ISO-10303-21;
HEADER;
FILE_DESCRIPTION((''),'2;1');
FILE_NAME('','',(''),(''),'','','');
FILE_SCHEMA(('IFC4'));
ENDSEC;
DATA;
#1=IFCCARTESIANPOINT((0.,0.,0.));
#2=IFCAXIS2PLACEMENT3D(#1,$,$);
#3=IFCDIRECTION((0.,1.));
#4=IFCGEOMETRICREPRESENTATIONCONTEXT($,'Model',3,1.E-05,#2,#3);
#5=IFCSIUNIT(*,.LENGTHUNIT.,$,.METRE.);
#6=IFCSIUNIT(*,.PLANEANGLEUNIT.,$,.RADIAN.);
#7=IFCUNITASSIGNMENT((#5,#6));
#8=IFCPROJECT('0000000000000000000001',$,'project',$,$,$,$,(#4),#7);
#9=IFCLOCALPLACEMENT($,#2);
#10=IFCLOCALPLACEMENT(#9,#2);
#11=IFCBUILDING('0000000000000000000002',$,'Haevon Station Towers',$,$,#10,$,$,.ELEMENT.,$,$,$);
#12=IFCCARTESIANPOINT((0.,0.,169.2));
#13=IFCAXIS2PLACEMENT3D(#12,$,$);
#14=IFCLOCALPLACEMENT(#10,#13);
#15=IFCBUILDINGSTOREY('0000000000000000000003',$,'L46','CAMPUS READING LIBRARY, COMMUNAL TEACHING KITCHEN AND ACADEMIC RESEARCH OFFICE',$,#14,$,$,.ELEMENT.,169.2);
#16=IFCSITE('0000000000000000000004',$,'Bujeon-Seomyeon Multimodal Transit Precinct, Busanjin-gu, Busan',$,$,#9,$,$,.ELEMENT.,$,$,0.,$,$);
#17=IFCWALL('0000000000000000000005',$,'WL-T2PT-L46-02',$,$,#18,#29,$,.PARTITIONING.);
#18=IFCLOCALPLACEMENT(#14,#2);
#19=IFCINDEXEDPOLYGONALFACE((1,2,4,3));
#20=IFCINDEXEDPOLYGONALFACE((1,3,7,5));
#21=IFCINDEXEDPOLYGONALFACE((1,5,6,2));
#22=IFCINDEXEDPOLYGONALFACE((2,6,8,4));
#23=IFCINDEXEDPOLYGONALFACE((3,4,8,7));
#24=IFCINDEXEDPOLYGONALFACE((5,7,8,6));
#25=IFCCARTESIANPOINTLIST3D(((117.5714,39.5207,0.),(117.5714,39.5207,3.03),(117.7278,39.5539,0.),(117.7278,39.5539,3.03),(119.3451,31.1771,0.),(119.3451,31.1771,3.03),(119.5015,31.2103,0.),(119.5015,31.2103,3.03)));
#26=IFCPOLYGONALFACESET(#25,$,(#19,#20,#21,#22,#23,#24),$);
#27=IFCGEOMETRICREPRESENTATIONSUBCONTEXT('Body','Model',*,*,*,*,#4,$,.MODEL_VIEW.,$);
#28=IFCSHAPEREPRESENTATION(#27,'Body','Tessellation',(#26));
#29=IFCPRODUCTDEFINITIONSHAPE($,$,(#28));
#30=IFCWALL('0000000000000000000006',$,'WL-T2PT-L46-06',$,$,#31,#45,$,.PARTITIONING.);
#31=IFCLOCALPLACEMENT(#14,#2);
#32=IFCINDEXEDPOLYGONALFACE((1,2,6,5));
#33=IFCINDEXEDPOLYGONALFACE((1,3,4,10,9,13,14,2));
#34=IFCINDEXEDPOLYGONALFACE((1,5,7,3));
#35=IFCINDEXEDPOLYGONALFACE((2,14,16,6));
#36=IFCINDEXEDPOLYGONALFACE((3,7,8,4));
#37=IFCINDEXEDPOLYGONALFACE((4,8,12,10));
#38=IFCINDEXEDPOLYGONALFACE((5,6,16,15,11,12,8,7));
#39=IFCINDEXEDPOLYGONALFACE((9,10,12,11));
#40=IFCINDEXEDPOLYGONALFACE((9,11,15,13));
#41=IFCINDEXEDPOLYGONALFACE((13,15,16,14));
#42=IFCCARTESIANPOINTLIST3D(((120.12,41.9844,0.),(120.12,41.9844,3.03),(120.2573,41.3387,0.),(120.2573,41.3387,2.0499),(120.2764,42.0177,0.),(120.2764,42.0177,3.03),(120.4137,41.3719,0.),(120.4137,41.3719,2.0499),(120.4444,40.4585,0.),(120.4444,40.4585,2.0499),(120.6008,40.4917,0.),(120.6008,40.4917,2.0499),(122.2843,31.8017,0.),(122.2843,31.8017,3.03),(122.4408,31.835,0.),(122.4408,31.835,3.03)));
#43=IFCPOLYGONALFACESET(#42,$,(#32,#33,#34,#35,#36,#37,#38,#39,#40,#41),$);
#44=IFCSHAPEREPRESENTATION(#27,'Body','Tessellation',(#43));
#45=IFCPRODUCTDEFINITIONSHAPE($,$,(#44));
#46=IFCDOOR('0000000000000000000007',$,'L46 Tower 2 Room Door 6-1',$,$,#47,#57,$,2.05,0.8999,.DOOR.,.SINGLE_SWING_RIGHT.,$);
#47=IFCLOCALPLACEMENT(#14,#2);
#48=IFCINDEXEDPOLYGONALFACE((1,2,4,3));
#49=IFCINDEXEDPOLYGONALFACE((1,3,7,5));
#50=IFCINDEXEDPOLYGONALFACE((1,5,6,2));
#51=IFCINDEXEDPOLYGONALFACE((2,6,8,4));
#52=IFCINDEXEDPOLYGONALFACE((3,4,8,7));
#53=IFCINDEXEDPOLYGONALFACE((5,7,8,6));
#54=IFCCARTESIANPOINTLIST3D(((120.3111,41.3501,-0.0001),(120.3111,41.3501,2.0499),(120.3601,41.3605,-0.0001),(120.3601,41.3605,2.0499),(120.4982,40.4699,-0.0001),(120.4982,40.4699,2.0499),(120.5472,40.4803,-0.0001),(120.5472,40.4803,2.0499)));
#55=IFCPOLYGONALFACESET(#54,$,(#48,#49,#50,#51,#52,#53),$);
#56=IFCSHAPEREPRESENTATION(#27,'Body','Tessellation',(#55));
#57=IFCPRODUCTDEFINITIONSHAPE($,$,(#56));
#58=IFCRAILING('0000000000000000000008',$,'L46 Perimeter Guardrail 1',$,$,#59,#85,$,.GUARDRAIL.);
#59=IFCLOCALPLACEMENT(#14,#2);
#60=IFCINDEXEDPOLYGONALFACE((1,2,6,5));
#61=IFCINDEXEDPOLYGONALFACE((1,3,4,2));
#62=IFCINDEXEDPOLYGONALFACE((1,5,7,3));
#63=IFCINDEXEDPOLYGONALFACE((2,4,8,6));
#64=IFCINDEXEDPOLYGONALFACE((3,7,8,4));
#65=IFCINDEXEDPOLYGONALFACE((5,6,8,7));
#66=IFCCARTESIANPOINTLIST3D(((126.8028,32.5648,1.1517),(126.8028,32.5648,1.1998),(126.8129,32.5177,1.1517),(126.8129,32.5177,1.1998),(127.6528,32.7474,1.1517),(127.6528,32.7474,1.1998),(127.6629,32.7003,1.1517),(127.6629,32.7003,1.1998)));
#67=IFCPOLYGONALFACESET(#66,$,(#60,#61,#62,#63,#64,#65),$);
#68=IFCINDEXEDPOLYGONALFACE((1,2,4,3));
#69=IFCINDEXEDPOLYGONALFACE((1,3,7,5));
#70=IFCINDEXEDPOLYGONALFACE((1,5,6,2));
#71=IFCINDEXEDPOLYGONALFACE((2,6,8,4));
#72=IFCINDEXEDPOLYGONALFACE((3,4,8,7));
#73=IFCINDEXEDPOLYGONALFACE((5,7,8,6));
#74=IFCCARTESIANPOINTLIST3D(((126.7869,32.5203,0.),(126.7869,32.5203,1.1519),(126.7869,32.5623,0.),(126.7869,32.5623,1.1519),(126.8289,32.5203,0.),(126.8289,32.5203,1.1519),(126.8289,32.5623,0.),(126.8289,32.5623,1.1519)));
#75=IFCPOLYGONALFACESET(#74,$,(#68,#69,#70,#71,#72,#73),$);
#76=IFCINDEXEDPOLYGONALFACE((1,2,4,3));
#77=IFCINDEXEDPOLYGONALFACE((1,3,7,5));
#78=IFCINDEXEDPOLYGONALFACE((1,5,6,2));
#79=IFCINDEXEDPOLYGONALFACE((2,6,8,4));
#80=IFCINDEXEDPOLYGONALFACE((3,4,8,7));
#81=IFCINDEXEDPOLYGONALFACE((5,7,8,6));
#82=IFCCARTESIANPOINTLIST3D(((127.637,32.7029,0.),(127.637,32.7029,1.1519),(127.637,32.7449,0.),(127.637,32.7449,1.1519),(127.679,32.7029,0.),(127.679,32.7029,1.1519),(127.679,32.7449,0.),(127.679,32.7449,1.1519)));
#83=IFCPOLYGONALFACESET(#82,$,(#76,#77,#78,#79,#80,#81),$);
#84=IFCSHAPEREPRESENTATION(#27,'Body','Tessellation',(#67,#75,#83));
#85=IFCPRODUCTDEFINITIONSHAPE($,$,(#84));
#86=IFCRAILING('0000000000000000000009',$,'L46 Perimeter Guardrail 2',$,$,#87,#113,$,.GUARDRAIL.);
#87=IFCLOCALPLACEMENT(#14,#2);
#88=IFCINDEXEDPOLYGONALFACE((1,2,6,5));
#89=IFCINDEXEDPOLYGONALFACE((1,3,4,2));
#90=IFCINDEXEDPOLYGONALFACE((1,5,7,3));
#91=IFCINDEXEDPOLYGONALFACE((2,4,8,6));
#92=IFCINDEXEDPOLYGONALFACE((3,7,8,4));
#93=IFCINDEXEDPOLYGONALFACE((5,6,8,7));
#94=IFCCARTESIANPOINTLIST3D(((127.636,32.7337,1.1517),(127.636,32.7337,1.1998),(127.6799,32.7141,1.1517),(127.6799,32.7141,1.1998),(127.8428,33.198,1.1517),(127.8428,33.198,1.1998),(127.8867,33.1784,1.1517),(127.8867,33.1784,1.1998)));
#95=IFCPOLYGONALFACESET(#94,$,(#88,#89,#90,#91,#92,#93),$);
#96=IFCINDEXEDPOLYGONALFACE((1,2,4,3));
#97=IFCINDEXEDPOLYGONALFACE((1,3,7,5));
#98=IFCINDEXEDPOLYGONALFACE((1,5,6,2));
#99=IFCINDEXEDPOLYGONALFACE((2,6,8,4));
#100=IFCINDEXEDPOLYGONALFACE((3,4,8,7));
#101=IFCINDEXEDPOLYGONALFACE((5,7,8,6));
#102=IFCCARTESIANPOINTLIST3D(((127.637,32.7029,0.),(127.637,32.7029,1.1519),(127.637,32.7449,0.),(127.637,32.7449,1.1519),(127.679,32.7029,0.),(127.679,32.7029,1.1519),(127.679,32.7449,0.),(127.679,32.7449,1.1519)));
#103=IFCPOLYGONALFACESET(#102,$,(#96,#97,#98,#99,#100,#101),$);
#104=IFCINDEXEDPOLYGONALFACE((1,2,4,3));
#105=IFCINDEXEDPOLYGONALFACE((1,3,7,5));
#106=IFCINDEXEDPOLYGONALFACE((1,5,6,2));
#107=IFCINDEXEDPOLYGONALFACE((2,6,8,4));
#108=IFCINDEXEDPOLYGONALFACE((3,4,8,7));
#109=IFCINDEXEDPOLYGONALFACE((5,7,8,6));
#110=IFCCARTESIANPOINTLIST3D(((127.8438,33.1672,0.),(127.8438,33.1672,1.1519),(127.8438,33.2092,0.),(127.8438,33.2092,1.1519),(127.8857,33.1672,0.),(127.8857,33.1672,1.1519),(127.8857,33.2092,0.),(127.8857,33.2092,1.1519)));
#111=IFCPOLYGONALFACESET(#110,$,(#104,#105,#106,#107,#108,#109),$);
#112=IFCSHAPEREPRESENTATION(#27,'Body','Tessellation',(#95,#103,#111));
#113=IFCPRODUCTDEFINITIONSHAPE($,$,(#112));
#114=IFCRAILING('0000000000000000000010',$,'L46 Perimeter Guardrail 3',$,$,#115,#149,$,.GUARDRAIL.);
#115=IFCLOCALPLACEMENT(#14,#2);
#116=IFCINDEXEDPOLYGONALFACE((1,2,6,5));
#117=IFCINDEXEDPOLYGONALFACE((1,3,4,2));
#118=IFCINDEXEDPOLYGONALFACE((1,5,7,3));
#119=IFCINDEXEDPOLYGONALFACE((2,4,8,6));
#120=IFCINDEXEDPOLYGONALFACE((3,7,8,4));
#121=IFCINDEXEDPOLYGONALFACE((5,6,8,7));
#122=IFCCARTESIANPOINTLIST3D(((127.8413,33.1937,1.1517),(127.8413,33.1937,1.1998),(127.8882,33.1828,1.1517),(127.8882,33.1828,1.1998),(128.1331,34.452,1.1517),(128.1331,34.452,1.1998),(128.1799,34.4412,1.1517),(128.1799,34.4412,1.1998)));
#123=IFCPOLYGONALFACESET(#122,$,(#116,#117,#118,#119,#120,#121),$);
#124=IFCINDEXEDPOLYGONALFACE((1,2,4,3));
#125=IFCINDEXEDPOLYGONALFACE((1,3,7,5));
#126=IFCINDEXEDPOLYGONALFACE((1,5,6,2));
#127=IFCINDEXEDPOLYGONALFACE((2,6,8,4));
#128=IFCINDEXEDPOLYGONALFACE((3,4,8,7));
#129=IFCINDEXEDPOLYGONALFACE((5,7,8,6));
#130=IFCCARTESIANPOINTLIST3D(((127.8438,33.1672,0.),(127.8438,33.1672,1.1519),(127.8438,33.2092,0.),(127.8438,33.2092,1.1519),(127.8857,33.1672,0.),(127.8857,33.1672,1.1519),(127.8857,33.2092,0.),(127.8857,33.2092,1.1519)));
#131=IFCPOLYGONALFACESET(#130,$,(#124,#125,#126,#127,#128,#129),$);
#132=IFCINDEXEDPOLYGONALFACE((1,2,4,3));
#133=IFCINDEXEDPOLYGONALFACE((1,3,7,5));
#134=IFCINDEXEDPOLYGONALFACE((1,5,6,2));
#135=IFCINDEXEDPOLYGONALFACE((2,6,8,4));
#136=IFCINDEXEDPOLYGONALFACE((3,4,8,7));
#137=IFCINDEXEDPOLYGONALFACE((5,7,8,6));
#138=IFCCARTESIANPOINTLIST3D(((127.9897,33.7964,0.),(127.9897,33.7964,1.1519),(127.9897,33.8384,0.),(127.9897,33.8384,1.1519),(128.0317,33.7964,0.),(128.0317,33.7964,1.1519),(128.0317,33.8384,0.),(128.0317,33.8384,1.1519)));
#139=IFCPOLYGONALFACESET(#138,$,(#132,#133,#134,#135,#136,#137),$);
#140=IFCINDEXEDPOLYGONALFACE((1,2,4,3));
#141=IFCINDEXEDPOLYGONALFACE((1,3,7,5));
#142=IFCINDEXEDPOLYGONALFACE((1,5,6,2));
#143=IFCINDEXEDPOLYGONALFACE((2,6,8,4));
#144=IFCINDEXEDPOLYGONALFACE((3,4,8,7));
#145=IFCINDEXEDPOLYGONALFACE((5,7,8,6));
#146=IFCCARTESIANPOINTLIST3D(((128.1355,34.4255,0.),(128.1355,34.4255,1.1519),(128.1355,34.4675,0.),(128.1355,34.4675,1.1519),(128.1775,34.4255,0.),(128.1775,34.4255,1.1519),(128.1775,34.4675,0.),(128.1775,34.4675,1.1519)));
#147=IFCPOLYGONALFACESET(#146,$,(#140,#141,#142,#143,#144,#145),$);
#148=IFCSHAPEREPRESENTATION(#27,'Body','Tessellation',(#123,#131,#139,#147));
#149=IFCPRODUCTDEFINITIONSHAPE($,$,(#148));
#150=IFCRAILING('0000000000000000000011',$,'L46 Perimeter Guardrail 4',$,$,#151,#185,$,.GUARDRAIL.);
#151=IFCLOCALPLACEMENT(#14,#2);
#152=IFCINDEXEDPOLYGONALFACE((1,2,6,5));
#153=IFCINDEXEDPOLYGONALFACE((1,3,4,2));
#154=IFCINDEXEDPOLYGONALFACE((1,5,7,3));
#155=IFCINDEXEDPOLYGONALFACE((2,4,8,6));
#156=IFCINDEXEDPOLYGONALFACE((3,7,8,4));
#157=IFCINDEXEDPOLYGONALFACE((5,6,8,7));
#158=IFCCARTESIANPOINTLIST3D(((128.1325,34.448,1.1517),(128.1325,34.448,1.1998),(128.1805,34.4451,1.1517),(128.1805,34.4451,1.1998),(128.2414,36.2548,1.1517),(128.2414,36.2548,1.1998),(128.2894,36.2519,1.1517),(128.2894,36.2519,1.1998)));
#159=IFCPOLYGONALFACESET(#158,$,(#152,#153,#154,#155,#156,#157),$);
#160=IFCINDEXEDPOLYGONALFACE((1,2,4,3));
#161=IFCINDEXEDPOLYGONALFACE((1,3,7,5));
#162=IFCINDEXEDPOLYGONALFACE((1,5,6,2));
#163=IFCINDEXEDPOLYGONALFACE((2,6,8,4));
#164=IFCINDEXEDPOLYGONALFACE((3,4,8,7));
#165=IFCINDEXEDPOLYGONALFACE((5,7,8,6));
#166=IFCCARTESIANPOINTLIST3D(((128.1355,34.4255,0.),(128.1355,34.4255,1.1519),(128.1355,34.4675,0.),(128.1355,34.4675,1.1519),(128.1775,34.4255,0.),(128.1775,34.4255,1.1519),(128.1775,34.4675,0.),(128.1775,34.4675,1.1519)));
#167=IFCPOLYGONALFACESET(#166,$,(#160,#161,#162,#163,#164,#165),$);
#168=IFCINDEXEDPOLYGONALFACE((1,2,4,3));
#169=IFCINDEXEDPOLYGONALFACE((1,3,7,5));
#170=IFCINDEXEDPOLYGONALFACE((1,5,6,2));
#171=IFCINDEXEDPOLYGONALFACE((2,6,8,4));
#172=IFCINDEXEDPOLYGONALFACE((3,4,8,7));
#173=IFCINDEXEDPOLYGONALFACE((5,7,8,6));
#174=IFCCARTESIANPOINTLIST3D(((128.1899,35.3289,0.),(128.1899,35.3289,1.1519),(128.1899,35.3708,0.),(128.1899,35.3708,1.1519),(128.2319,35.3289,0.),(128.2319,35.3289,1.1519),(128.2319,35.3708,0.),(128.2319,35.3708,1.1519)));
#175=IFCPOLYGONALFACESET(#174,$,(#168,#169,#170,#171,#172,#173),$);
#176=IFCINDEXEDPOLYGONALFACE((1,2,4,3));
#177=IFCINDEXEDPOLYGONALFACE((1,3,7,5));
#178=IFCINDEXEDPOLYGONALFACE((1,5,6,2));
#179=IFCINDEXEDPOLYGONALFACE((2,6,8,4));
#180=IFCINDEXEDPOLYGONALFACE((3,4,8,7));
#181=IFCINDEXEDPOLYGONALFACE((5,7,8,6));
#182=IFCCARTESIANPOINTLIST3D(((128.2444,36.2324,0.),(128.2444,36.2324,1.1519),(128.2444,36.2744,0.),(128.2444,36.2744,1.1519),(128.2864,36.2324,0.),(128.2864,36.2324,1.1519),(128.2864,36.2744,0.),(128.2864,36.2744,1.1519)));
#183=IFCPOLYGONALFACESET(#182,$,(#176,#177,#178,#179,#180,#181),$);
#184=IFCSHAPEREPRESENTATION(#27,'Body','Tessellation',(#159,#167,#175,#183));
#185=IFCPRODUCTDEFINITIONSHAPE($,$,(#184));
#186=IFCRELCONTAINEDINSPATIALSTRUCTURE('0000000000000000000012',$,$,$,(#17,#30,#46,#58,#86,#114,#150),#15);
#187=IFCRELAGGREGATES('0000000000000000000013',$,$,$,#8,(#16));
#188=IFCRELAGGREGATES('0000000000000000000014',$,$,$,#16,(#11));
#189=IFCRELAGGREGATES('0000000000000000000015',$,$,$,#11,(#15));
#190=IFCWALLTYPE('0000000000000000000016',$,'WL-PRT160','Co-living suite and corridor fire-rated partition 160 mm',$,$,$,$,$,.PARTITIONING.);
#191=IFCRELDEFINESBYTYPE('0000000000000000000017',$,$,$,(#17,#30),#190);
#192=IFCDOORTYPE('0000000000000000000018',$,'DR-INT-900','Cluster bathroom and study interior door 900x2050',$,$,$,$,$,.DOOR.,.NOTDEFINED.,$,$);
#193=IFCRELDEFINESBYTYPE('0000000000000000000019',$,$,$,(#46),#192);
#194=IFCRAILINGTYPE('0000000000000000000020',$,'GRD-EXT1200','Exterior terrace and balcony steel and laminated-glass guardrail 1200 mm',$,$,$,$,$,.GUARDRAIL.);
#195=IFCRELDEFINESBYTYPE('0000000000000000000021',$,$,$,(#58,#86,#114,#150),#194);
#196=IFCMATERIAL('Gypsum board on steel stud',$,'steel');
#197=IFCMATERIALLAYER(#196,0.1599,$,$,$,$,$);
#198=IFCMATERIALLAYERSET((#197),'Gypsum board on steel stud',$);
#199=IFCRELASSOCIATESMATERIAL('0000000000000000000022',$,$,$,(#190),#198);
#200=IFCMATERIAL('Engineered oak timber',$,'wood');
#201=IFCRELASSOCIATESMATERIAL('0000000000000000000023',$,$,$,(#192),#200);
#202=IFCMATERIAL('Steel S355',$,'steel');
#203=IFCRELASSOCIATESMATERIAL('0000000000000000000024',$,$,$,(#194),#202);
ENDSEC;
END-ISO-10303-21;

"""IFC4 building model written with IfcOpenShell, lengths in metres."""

from ifc_helpers import new_model, si_unit, direction, frame, frame_2d, origin, origin_2d, place, context, subcontext, project, spatial, rectangle, extrude, material, layer, layer_set, type_object, element, fill, save


model = new_model("IFC4")

# Units and contexts
model_context = context("Model", 3, precision=1e-05, world=origin(), true_north=direction((0.0, 1.0)))
body_context = subcontext(model_context, "Body", "Model", "MODEL_VIEW")
ifc_project = project(units=[si_unit("LENGTHUNIT", "METRE"), si_unit("PLANEANGLEUNIT", "RADIAN")], contexts=[model_context])

# Site, building, storey
site_placement = place(None, origin())
site = spatial("IfcSite", under=ifc_project, at=site_placement, Name="Bujeon-Seomyeon Multimodal Transit Precinct, Busanjin-gu, Busan", CompositionType="ELEMENT", RefElevation=0.0)
building_placement = place(site_placement, origin())
building = spatial("IfcBuilding", under=site, at=building_placement, Name="Haevon Station Towers", CompositionType="ELEMENT")
storey_placement = place(building_placement, frame((0.0, 0.0, 169.2)))
storey = spatial("IfcBuildingStorey", under=building, at=storey_placement, Name="L46", Description="CAMPUS READING LIBRARY, COMMUNAL TEACHING KITCHEN AND ACADEMIC RESEARCH OFFICE", CompositionType="ELEMENT", Elevation=169.2)

# Shared definitions
ifc_material_1 = material(Name="Steel S355", Category="steel")

# Wall
ifc_material_2 = material(Name="Gypsum board on steel stud", Category="steel")
ifc_layer_1 = layer(ifc_material_2, 0.1599)
ifc_layer_set_1 = layer_set([ifc_layer_1], Name="Gypsum board on steel stud")
wall_type_1 = type_object("IfcWallType", Name="WL-PRT160", Description="Co-living suite and corridor fire-rated partition 160 mm", PredefinedType="PARTITIONING", material=ifc_layer_set_1)
wall_1_placement = place(storey_placement, frame((119.4233, 31.1936, 0.0), z_axis=(0.0, 0.0, 1.0), x_axis=(-0.207936, 0.978142, 0.0)))
element("IfcWall", 1, at=wall_1_placement, inside=storey, type_object=wall_type_1, Name="WL-T2PT-L46-02", PredefinedType="PARTITIONING", context=body_context, shape_type="SweptSolid", body=[
    extrude(rectangle(XDim=8.53, YDim=0.1599, at=frame_2d((4.2651, 0.0))), origin(), (0.0, 0.0, 1.0), 3.03),
])

# Wall, opening, door
wall_2_placement = place(storey_placement, frame((122.3625, 31.8184, 0.0), z_axis=(0.0, 0.0, 1.0), x_axis=(-0.207905, 0.978149, 0.0)))
wall_2 = element("IfcWall", 2, at=wall_2_placement, inside=storey, type_object=wall_type_1, Name="WL-T2PT-L46-06", PredefinedType="PARTITIONING", context=body_context, shape_type="SweptSolid", body=[
    extrude(rectangle(XDim=10.4102, YDim=0.1599, at=frame_2d((5.2051, 0.0))), origin(), (0.0, 0.0, 1.0), 3.03),
])
opening_1_placement = place(wall_2_placement, frame((8.8501, 0.0, 0.0)))
opening_1 = element("IfcOpeningElement", 3, at=opening_1_placement, cuts=wall_2, PredefinedType="OPENING", context=body_context, shape_type="SweptSolid", body=[
    extrude(rectangle(XDim=0.8999, YDim=2.05, at=frame_2d((0.45, 1.0249))), frame((0.0, 0.0898, 0.0), z_axis=(0.0, -1.0, 0.0), x_axis=(1.0, 0.0, 0.0)), (0.0, 0.0, 1.0), 0.1799),
])
ifc_material_3 = material(Name="Engineered oak timber", Category="wood")
door_type = type_object("IfcDoorType", Name="DR-INT-900", Description="Cluster bathroom and study interior door 900x2050", OperationType="NOTDEFINED", PredefinedType="DOOR", material=ifc_material_3)
door_placement = place(opening_1_placement, origin())
door = element("IfcDoor", 4, at=door_placement, inside=storey, type_object=door_type, Name="L46 Tower 2 Room Door 6-1", OperationType="SINGLE_SWING_RIGHT", OverallHeight=2.05, OverallWidth=0.8999, PredefinedType="DOOR", context=body_context, shape_type="SweptSolid", body=[
    extrude(rectangle(XDim=0.8999, YDim=2.05, at=frame_2d((0.45, 1.0249))), frame((0.0, 0.0249, 0.0), z_axis=(0.0, -1.0, 0.0), x_axis=(1.0, 0.0, 0.0)), (0.0, 0.0, 1.0), 0.05),
])
fill(opening_1, door)

# Railings
railing_type = type_object("IfcRailingType", Name="GRD-EXT1200", Description="Exterior terrace and balcony steel and laminated-glass guardrail 1200 mm", PredefinedType="GUARDRAIL", material=ifc_material_1)
railing_1_placement = place(storey_placement, frame((126.8079, 32.5413, 0.0)))
element("IfcRailing", 5, at=railing_1_placement, inside=storey, type_object=railing_type, Name="L46 Perimeter Guardrail 1", PredefinedType="GUARDRAIL", context=body_context, shape_type="SweptSolid", body=[
    extrude(rectangle(XDim=0.0481, YDim=0.0481, at=origin_2d()), frame((0.0, 0.0, 1.1758), z_axis=(0.977695, 0.210028, 0.0), x_axis=(-0.210028, 0.977695, 0.0)), (0.0, 0.0, 1.0), 0.8694),
    extrude(rectangle(XDim=0.042, YDim=0.042, at=origin_2d()), origin(), (0.0, 0.0, 1.0), 1.1519),
    extrude(rectangle(XDim=0.042, YDim=0.042, at=origin_2d()), frame((0.8501, 0.1826, 0.0)), (0.0, 0.0, 1.0), 1.1519),
])
railing_2_placement = place(storey_placement, frame((127.658, 32.7239, 0.0)))
element("IfcRailing", 6, at=railing_2_placement, inside=storey, type_object=railing_type, Name="L46 Perimeter Guardrail 2", PredefinedType="GUARDRAIL", context=body_context, shape_type="SweptSolid", body=[
    extrude(rectangle(XDim=0.0481, YDim=0.0481, at=origin_2d()), frame((0.0, 0.0, 1.1758), z_axis=(0.406807, 0.913514, 0.0), x_axis=(-0.913514, 0.406807, 0.0)), (0.0, 0.0, 1.0), 0.5083),
    extrude(rectangle(XDim=0.042, YDim=0.042, at=origin_2d()), origin(), (0.0, 0.0, 1.0), 1.1519),
    extrude(rectangle(XDim=0.042, YDim=0.042, at=origin_2d()), frame((0.2068, 0.4644, 0.0)), (0.0, 0.0, 1.0), 1.1519),
])
railing_3_placement = place(storey_placement, frame((127.8647, 33.1882, 0.0)))
element("IfcRailing", 7, at=railing_3_placement, inside=storey, type_object=railing_type, Name="L46 Perimeter Guardrail 3", PredefinedType="GUARDRAIL", context=body_context, shape_type="SweptSolid", body=[
    extrude(rectangle(XDim=0.0481, YDim=0.0481, at=origin_2d()), frame((0.0, 0.0, 1.1758), z_axis=(0.225867, 0.974158, 0.0), x_axis=(-0.974158, 0.225867, 0.0)), (0.0, 0.0, 1.0), 1.2917),
    extrude(rectangle(XDim=0.042, YDim=0.042, at=origin_2d()), origin(), (0.0, 0.0, 1.0), 1.1519),
    extrude(rectangle(XDim=0.042, YDim=0.042, at=origin_2d()), frame((0.146, 0.6292, 0.0)), (0.0, 0.0, 1.0), 1.1519),
    extrude(rectangle(XDim=0.042, YDim=0.042, at=origin_2d()), frame((0.2917, 1.2583, 0.0)), (0.0, 0.0, 1.0), 1.1519),
])
railing_4_placement = place(storey_placement, frame((128.1565, 34.4465, 0.0)))
element("IfcRailing", 8, at=railing_4_placement, inside=storey, type_object=railing_type, Name="L46 Perimeter Guardrail 4", PredefinedType="GUARDRAIL", context=body_context, shape_type="SweptSolid", body=[
    extrude(rectangle(XDim=0.0481, YDim=0.0481, at=origin_2d()), frame((0.0, 0.0, 1.1758), z_axis=(0.060153, 0.998189, 0.0), x_axis=(-0.998189, 0.060153, 0.0)), (0.0, 0.0, 1.0), 1.8101),
    extrude(rectangle(XDim=0.042, YDim=0.042, at=origin_2d()), origin(), (0.0, 0.0, 1.0), 1.1519),
    extrude(rectangle(XDim=0.042, YDim=0.042, at=origin_2d()), frame((0.0544, 0.9033, 0.0)), (0.0, 0.0, 1.0), 1.1519),
    extrude(rectangle(XDim=0.042, YDim=0.042, at=origin_2d()), frame((0.1089, 1.8069, 0.0)), (0.0, 0.0, 1.0), 1.1519),
])

save(model, "model.ifc")
